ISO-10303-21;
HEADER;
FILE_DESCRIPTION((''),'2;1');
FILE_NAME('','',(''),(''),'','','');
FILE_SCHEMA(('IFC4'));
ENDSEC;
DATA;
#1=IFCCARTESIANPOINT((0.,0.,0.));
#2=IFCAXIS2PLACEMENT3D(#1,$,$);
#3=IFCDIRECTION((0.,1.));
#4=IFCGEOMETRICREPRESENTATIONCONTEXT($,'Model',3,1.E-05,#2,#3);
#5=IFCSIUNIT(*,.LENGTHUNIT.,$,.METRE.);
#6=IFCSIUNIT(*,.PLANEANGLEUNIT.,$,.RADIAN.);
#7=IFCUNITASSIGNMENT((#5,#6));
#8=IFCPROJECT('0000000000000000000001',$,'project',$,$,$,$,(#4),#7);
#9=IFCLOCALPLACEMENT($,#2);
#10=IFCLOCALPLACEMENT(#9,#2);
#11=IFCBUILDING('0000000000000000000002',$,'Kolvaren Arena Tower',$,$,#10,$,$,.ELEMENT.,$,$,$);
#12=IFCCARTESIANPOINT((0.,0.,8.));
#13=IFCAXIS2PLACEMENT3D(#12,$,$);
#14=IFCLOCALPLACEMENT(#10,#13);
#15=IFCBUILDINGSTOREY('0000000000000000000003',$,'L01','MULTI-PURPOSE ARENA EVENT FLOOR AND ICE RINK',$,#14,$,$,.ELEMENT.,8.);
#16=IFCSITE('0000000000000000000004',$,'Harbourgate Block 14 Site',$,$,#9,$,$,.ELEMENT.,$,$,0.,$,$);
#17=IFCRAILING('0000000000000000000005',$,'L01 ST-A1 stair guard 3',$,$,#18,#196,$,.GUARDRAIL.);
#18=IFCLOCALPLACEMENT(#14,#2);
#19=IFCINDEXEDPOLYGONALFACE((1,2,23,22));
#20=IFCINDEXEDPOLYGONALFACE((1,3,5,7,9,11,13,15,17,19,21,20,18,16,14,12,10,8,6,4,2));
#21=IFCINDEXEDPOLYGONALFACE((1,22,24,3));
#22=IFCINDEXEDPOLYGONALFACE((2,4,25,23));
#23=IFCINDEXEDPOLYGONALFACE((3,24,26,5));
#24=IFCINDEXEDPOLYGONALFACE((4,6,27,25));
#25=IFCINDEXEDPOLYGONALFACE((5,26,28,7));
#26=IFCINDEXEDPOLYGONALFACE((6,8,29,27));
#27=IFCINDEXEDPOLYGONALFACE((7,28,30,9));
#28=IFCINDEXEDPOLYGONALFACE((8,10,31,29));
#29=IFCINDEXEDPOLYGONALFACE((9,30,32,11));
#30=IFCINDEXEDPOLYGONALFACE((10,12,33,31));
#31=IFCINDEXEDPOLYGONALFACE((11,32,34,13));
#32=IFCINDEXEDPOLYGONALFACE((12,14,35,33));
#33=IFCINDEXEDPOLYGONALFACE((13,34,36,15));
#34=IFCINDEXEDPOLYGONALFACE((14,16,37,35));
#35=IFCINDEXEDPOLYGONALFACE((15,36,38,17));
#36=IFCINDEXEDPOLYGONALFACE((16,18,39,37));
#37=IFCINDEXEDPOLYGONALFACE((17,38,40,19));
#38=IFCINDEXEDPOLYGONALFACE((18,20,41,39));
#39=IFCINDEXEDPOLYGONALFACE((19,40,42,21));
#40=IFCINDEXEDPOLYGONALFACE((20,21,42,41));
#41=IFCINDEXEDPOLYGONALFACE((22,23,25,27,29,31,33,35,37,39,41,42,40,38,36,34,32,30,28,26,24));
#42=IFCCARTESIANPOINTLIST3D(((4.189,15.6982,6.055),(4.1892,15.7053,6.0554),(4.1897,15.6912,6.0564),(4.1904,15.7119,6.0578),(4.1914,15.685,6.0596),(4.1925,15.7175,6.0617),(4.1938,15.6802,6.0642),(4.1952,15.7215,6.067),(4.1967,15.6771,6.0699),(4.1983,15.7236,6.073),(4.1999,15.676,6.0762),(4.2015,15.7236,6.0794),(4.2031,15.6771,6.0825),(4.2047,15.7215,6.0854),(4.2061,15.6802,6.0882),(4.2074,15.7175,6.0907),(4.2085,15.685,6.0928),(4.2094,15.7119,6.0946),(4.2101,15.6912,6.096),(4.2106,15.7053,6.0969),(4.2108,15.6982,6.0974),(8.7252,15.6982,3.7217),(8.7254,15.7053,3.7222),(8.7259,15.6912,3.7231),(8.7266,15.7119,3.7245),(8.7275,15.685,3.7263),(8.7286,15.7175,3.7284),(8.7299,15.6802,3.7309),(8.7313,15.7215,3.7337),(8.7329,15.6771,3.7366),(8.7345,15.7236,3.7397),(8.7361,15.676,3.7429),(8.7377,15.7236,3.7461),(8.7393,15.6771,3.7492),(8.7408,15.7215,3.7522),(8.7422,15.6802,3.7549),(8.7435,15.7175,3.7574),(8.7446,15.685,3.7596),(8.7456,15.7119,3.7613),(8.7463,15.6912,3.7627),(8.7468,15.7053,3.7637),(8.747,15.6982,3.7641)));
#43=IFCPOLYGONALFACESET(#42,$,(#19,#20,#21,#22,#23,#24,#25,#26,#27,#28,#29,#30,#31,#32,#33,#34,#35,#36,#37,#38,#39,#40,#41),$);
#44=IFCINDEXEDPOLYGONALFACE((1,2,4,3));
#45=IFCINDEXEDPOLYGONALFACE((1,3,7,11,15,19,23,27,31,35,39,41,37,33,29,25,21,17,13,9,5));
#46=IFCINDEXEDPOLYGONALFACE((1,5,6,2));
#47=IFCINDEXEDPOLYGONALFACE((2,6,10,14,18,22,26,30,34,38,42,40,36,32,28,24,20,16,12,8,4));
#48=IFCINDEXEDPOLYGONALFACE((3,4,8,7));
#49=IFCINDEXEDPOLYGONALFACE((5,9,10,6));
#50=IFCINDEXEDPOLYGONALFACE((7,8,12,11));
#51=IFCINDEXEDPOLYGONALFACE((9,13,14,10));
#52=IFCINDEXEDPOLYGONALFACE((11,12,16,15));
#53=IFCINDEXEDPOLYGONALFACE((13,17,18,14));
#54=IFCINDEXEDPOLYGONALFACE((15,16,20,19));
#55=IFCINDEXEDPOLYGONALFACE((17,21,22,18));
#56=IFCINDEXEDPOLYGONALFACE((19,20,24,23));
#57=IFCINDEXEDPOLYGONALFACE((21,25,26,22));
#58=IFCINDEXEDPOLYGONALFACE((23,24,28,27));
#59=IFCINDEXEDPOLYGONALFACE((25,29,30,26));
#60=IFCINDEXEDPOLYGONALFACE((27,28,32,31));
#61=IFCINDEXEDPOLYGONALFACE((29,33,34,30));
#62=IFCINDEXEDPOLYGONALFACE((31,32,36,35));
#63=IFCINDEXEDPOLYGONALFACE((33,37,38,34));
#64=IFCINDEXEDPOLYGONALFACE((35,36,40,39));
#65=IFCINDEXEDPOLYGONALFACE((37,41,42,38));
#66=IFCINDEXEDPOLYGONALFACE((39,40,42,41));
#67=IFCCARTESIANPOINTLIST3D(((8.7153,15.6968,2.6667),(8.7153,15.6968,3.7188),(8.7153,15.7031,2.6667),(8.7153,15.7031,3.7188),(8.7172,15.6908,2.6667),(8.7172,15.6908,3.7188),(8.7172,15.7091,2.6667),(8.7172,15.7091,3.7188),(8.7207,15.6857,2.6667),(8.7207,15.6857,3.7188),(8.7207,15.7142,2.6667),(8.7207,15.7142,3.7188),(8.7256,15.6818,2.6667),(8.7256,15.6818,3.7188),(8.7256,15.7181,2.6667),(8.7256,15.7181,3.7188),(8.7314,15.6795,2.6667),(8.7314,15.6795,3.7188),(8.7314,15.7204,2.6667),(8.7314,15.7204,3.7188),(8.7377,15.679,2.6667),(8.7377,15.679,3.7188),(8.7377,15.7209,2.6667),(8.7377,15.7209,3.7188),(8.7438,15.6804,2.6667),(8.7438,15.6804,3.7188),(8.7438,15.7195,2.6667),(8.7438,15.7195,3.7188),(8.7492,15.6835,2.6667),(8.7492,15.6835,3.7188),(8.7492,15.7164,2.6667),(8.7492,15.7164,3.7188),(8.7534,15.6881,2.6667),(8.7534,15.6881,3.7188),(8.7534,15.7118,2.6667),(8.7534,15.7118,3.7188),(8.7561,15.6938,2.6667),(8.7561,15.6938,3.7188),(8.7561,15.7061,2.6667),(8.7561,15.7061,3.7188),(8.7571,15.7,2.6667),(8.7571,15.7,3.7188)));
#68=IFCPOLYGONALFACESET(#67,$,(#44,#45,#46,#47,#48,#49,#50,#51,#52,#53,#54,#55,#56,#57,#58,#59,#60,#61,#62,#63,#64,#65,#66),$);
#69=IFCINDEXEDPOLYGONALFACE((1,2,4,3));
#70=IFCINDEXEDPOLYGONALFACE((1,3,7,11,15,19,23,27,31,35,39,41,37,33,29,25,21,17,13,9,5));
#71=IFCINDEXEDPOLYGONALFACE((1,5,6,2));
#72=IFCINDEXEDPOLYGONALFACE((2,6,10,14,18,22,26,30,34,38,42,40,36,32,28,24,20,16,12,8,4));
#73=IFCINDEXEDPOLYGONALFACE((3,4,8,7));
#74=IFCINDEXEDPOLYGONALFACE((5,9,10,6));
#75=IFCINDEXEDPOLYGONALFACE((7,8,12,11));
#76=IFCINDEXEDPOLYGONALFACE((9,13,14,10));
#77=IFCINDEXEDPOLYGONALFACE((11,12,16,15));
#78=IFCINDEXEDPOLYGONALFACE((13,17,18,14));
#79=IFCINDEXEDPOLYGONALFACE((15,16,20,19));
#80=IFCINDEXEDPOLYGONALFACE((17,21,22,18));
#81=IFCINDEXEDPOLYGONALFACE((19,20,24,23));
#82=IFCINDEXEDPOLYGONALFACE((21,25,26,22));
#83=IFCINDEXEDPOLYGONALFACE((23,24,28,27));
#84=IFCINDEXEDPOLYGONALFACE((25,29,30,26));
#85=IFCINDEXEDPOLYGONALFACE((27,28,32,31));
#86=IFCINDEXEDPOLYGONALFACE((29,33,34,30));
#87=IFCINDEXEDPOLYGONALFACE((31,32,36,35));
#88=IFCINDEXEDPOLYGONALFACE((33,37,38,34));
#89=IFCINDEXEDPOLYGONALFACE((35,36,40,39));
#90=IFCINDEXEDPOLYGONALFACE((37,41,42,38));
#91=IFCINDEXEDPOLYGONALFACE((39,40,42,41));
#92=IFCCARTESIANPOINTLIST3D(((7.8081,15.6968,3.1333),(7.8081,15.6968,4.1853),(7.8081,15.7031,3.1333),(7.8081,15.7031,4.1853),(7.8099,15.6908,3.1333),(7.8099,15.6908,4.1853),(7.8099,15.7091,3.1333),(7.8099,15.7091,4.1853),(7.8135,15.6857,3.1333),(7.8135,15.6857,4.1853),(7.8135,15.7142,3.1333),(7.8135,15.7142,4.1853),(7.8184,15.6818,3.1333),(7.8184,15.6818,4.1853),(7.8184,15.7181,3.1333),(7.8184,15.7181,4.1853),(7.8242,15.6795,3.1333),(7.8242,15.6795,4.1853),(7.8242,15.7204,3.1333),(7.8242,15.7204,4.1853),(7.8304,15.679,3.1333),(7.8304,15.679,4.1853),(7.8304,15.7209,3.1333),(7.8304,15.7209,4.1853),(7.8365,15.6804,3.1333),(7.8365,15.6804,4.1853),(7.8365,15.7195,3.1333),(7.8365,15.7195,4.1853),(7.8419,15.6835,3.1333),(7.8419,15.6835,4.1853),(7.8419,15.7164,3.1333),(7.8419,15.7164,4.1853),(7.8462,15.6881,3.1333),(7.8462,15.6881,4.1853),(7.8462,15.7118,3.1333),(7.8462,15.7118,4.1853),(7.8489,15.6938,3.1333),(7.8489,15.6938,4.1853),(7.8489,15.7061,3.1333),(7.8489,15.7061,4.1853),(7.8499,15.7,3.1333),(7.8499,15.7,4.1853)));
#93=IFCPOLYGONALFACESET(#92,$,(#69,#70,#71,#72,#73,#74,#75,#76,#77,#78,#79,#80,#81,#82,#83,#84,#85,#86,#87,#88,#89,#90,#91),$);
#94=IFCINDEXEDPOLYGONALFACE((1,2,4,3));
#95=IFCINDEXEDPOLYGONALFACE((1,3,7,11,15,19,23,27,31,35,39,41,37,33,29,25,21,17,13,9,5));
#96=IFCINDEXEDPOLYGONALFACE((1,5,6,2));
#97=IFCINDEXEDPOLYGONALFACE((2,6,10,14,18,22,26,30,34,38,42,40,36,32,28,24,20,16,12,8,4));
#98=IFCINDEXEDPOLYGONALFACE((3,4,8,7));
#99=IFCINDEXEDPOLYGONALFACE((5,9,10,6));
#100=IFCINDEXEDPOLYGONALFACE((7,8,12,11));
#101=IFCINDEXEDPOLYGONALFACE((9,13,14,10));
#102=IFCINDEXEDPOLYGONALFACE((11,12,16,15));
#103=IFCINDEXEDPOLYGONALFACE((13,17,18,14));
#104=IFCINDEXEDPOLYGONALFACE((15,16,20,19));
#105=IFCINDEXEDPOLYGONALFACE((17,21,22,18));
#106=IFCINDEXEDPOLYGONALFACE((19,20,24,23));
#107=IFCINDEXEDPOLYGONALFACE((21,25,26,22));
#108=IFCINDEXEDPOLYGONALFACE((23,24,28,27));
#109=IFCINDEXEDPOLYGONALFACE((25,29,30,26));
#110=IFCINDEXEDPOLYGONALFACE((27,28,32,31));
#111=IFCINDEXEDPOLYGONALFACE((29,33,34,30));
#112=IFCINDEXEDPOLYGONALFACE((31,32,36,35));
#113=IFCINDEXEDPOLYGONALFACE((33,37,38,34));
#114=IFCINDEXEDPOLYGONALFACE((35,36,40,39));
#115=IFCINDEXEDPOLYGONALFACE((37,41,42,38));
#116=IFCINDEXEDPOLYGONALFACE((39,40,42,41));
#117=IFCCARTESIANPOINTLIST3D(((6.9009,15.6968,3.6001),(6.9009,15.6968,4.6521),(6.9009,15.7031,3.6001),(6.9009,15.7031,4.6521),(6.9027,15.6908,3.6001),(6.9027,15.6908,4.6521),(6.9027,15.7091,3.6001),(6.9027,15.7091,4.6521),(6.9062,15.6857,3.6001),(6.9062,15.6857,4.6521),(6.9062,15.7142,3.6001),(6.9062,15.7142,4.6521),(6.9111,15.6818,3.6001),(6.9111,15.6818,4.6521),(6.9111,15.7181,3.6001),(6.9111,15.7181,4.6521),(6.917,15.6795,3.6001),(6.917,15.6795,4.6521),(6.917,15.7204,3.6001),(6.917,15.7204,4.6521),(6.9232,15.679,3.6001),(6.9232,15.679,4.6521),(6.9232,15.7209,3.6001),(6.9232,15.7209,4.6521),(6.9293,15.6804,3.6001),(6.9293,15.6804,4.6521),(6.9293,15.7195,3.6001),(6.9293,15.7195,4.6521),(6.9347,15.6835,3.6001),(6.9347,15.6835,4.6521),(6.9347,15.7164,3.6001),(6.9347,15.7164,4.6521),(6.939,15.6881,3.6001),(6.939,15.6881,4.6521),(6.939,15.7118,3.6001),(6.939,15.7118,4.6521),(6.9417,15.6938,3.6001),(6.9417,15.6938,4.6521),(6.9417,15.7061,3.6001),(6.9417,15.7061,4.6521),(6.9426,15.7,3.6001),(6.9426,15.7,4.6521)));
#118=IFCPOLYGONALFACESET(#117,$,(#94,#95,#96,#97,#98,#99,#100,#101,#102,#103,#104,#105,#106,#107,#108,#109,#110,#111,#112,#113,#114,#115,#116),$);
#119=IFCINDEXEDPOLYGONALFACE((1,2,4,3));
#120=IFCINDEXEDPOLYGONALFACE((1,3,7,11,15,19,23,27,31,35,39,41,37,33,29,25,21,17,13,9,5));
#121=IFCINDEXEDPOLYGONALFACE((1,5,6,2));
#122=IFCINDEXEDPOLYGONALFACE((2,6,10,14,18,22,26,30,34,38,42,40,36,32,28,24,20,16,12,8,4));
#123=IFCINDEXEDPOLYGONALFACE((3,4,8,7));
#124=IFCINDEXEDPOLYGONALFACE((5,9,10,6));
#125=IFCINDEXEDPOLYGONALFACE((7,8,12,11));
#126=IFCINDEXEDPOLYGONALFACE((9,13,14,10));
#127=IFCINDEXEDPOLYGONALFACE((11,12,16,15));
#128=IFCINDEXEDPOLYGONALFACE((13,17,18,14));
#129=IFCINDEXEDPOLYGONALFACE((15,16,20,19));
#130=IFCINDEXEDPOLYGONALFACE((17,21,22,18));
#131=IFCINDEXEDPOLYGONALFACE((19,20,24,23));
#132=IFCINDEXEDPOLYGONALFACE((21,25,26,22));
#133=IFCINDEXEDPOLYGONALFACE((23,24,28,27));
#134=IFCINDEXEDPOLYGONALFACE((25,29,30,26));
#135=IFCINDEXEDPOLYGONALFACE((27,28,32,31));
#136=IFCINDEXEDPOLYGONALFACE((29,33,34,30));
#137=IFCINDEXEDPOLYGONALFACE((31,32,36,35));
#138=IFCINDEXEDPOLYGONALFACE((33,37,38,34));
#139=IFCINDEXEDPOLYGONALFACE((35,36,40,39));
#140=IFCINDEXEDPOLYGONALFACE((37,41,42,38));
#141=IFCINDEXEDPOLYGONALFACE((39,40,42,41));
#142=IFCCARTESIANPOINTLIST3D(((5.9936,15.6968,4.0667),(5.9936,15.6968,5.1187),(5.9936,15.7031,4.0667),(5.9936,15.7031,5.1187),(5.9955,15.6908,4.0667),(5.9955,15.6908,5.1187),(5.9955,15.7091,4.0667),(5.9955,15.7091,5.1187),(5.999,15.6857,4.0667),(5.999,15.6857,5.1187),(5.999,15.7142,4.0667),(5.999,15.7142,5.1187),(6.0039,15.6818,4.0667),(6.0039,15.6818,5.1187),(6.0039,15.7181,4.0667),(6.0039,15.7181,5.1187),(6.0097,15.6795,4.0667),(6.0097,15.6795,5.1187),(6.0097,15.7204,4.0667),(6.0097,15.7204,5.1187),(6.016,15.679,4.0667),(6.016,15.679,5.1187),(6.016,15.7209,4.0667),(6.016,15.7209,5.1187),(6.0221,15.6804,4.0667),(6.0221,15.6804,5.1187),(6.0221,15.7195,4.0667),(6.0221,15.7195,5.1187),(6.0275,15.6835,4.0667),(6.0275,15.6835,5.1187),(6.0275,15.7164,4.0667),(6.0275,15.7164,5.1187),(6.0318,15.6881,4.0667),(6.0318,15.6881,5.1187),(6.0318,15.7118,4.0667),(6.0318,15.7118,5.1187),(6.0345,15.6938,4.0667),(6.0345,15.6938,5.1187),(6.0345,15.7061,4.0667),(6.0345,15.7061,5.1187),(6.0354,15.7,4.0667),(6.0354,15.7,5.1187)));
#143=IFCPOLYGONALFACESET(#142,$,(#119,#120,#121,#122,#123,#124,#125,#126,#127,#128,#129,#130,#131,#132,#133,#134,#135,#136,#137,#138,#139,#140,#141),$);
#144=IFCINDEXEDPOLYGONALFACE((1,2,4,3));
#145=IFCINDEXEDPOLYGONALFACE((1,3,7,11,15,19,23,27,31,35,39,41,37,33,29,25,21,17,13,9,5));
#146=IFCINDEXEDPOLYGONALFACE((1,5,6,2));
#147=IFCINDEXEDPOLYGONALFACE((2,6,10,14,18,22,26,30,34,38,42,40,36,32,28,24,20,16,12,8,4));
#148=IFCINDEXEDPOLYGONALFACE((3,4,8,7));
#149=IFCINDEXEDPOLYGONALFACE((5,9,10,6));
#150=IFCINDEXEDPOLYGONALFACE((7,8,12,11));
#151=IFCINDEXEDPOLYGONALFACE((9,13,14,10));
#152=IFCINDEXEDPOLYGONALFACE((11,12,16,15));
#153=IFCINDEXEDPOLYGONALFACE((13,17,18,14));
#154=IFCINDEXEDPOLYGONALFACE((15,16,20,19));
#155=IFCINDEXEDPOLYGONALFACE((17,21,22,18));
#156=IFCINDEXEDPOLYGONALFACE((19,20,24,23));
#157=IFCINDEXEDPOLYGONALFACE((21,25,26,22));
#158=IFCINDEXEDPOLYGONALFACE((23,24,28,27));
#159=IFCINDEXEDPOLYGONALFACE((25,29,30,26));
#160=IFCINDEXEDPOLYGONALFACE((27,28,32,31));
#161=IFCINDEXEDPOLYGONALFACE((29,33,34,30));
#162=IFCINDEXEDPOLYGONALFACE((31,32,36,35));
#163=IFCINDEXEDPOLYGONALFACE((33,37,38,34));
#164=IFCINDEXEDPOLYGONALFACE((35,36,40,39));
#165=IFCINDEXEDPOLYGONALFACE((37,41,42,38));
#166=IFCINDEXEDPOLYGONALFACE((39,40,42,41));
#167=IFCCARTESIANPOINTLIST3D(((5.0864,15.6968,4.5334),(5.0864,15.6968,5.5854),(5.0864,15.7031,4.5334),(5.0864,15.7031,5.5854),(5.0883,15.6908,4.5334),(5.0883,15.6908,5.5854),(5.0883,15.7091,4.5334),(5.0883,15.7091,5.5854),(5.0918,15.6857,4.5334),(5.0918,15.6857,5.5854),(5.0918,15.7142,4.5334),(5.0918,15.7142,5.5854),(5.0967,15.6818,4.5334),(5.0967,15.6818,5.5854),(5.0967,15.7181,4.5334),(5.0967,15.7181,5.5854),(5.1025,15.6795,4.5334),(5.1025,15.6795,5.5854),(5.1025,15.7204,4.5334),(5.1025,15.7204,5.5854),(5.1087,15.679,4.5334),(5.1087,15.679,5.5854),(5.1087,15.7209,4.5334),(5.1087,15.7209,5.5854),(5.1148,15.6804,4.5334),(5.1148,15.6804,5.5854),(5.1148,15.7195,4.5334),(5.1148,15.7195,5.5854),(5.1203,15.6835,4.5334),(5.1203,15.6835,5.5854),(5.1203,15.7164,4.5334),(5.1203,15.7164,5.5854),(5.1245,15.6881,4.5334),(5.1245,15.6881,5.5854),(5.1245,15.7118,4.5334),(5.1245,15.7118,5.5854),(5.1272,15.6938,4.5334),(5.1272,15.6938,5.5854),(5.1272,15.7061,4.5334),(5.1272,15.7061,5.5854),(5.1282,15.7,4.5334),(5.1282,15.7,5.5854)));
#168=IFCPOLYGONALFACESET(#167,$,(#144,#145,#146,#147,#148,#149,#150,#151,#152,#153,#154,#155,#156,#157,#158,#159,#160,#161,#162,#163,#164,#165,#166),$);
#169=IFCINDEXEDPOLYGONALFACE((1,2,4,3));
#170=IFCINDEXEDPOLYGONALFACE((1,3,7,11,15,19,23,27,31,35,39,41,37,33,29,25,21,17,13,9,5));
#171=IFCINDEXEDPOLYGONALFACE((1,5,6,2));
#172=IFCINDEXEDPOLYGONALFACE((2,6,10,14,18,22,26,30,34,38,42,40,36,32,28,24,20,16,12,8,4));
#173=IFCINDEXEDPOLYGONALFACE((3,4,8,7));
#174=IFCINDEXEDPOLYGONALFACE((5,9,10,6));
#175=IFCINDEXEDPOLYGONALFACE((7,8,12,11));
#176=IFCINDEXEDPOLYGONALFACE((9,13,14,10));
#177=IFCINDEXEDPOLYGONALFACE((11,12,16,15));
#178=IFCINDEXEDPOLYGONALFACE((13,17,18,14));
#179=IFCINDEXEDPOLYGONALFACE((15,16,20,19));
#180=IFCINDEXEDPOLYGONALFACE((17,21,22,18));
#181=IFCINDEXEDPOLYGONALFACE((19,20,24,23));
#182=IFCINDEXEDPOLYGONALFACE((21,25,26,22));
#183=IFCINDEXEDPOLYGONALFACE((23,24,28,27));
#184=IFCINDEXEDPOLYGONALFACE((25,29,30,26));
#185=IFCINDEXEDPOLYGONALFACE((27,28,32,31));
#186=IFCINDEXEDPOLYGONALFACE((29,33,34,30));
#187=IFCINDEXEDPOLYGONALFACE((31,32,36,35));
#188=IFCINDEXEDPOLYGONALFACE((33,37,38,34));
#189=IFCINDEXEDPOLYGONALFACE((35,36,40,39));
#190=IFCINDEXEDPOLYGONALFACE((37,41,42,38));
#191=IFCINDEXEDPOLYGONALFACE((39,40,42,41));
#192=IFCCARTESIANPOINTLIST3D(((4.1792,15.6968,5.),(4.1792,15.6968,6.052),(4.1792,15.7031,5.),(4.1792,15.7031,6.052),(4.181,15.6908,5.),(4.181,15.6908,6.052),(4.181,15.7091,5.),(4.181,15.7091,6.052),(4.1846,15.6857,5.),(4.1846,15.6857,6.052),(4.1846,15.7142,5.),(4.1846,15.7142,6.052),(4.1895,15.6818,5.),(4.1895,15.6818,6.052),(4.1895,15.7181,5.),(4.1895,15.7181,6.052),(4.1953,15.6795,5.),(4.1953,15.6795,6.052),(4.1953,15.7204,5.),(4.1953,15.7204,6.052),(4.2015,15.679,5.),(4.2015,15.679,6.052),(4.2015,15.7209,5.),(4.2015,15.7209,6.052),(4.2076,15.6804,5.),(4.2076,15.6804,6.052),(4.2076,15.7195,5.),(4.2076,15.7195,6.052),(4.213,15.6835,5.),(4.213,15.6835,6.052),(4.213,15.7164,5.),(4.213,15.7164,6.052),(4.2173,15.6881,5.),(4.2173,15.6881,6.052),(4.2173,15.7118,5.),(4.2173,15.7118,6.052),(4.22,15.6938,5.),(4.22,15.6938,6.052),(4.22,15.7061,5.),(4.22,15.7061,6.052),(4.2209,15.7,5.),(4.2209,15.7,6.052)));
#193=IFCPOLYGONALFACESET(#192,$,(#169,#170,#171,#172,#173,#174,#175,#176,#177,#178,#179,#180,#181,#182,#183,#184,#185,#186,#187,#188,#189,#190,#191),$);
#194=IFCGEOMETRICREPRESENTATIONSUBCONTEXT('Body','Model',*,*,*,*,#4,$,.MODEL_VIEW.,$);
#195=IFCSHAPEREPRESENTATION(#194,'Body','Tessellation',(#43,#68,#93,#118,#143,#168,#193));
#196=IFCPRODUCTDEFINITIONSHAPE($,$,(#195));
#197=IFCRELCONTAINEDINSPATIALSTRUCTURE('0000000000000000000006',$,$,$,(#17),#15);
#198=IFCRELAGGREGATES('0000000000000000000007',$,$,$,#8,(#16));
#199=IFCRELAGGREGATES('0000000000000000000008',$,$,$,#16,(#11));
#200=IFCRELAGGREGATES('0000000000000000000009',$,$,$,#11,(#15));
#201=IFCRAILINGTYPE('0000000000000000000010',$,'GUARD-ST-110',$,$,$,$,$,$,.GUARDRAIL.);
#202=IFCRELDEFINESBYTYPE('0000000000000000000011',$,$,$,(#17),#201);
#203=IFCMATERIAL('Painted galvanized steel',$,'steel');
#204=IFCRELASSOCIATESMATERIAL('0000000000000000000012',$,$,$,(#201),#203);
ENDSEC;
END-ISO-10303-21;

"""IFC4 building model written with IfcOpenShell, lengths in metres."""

from ifc_helpers import new_model, si_unit, direction, frame, origin, origin_2d, place, context, subcontext, project, spatial, circle, extrude, material, type_object, element, save


model = new_model("IFC4")

# Units and contexts
model_context = context("Model", 3, precision=1e-05, world=origin(), true_north=direction((0.0, 1.0)))
body_context = subcontext(model_context, "Body", "Model", "MODEL_VIEW")
ifc_project = project(units=[si_unit("LENGTHUNIT", "METRE"), si_unit("PLANEANGLEUNIT", "RADIAN")], contexts=[model_context])

# Site, building, storey
site_placement = place(None, origin())
site = spatial("IfcSite", under=ifc_project, at=site_placement, Name="Harbourgate Block 14 Site", CompositionType="ELEMENT", RefElevation=0.0)
building_placement = place(site_placement, origin())
building = spatial("IfcBuilding", under=site, at=building_placement, Name="Kolvaren Arena Tower", CompositionType="ELEMENT")
storey_placement = place(building_placement, frame((0.0, 0.0, 8.0)))
storey = spatial("IfcBuildingStorey", under=building, at=storey_placement, Name="L01", Description="MULTI-PURPOSE ARENA EVENT FLOOR AND ICE RINK", CompositionType="ELEMENT", Elevation=8.0)

# Railing
ifc_material_1 = material(Name="Painted galvanized steel", Category="steel")
railing_type_1 = type_object("IfcRailingType", Name="GUARD-ST-110", PredefinedType="GUARDRAIL", material=ifc_material_1)
railing_1_placement = place(storey_placement, frame((8.7361, 15.7, 2.6667)))
element("IfcRailing", 1, at=railing_1_placement, inside=storey, type_object=railing_type_1, Name="L01 ST-A1 stair guard 3", PredefinedType="GUARDRAIL", context=body_context, shape_type="SweptSolid", body=[
    extrude(circle(Radius=0.0239, at=origin_2d()), frame((0.0, 0.0, 1.0762), z_axis=(-0.889257, 0.0, 0.457407), x_axis=(0.0, -1.0, 0.0)), (0.0, 0.0, 1.0), 5.1011),
    extrude(circle(Radius=0.021, at=origin_2d()), origin(), (0.0, 0.0, 1.0), 1.052),
    extrude(circle(Radius=0.021, at=origin_2d()), frame((-0.9072, 0.0, 0.4666)), (0.0, 0.0, 1.0), 1.052),
    extrude(circle(Radius=0.021, at=origin_2d()), frame((-1.8145, 0.0, 0.9333)), (0.0, 0.0, 1.0), 1.052),
    extrude(circle(Radius=0.021, at=origin_2d()), frame((-2.7217, 0.0, 1.3999)), (0.0, 0.0, 1.0), 1.052),
    extrude(circle(Radius=0.021, at=origin_2d()), frame((-3.6289, 0.0, 1.8667)), (0.0, 0.0, 1.0), 1.052),
    extrude(circle(Radius=0.021, at=origin_2d()), frame((-4.5361, 0.0, 2.3333)), (0.0, 0.0, 1.0), 1.052),
])

save(model, "model.ifc")
